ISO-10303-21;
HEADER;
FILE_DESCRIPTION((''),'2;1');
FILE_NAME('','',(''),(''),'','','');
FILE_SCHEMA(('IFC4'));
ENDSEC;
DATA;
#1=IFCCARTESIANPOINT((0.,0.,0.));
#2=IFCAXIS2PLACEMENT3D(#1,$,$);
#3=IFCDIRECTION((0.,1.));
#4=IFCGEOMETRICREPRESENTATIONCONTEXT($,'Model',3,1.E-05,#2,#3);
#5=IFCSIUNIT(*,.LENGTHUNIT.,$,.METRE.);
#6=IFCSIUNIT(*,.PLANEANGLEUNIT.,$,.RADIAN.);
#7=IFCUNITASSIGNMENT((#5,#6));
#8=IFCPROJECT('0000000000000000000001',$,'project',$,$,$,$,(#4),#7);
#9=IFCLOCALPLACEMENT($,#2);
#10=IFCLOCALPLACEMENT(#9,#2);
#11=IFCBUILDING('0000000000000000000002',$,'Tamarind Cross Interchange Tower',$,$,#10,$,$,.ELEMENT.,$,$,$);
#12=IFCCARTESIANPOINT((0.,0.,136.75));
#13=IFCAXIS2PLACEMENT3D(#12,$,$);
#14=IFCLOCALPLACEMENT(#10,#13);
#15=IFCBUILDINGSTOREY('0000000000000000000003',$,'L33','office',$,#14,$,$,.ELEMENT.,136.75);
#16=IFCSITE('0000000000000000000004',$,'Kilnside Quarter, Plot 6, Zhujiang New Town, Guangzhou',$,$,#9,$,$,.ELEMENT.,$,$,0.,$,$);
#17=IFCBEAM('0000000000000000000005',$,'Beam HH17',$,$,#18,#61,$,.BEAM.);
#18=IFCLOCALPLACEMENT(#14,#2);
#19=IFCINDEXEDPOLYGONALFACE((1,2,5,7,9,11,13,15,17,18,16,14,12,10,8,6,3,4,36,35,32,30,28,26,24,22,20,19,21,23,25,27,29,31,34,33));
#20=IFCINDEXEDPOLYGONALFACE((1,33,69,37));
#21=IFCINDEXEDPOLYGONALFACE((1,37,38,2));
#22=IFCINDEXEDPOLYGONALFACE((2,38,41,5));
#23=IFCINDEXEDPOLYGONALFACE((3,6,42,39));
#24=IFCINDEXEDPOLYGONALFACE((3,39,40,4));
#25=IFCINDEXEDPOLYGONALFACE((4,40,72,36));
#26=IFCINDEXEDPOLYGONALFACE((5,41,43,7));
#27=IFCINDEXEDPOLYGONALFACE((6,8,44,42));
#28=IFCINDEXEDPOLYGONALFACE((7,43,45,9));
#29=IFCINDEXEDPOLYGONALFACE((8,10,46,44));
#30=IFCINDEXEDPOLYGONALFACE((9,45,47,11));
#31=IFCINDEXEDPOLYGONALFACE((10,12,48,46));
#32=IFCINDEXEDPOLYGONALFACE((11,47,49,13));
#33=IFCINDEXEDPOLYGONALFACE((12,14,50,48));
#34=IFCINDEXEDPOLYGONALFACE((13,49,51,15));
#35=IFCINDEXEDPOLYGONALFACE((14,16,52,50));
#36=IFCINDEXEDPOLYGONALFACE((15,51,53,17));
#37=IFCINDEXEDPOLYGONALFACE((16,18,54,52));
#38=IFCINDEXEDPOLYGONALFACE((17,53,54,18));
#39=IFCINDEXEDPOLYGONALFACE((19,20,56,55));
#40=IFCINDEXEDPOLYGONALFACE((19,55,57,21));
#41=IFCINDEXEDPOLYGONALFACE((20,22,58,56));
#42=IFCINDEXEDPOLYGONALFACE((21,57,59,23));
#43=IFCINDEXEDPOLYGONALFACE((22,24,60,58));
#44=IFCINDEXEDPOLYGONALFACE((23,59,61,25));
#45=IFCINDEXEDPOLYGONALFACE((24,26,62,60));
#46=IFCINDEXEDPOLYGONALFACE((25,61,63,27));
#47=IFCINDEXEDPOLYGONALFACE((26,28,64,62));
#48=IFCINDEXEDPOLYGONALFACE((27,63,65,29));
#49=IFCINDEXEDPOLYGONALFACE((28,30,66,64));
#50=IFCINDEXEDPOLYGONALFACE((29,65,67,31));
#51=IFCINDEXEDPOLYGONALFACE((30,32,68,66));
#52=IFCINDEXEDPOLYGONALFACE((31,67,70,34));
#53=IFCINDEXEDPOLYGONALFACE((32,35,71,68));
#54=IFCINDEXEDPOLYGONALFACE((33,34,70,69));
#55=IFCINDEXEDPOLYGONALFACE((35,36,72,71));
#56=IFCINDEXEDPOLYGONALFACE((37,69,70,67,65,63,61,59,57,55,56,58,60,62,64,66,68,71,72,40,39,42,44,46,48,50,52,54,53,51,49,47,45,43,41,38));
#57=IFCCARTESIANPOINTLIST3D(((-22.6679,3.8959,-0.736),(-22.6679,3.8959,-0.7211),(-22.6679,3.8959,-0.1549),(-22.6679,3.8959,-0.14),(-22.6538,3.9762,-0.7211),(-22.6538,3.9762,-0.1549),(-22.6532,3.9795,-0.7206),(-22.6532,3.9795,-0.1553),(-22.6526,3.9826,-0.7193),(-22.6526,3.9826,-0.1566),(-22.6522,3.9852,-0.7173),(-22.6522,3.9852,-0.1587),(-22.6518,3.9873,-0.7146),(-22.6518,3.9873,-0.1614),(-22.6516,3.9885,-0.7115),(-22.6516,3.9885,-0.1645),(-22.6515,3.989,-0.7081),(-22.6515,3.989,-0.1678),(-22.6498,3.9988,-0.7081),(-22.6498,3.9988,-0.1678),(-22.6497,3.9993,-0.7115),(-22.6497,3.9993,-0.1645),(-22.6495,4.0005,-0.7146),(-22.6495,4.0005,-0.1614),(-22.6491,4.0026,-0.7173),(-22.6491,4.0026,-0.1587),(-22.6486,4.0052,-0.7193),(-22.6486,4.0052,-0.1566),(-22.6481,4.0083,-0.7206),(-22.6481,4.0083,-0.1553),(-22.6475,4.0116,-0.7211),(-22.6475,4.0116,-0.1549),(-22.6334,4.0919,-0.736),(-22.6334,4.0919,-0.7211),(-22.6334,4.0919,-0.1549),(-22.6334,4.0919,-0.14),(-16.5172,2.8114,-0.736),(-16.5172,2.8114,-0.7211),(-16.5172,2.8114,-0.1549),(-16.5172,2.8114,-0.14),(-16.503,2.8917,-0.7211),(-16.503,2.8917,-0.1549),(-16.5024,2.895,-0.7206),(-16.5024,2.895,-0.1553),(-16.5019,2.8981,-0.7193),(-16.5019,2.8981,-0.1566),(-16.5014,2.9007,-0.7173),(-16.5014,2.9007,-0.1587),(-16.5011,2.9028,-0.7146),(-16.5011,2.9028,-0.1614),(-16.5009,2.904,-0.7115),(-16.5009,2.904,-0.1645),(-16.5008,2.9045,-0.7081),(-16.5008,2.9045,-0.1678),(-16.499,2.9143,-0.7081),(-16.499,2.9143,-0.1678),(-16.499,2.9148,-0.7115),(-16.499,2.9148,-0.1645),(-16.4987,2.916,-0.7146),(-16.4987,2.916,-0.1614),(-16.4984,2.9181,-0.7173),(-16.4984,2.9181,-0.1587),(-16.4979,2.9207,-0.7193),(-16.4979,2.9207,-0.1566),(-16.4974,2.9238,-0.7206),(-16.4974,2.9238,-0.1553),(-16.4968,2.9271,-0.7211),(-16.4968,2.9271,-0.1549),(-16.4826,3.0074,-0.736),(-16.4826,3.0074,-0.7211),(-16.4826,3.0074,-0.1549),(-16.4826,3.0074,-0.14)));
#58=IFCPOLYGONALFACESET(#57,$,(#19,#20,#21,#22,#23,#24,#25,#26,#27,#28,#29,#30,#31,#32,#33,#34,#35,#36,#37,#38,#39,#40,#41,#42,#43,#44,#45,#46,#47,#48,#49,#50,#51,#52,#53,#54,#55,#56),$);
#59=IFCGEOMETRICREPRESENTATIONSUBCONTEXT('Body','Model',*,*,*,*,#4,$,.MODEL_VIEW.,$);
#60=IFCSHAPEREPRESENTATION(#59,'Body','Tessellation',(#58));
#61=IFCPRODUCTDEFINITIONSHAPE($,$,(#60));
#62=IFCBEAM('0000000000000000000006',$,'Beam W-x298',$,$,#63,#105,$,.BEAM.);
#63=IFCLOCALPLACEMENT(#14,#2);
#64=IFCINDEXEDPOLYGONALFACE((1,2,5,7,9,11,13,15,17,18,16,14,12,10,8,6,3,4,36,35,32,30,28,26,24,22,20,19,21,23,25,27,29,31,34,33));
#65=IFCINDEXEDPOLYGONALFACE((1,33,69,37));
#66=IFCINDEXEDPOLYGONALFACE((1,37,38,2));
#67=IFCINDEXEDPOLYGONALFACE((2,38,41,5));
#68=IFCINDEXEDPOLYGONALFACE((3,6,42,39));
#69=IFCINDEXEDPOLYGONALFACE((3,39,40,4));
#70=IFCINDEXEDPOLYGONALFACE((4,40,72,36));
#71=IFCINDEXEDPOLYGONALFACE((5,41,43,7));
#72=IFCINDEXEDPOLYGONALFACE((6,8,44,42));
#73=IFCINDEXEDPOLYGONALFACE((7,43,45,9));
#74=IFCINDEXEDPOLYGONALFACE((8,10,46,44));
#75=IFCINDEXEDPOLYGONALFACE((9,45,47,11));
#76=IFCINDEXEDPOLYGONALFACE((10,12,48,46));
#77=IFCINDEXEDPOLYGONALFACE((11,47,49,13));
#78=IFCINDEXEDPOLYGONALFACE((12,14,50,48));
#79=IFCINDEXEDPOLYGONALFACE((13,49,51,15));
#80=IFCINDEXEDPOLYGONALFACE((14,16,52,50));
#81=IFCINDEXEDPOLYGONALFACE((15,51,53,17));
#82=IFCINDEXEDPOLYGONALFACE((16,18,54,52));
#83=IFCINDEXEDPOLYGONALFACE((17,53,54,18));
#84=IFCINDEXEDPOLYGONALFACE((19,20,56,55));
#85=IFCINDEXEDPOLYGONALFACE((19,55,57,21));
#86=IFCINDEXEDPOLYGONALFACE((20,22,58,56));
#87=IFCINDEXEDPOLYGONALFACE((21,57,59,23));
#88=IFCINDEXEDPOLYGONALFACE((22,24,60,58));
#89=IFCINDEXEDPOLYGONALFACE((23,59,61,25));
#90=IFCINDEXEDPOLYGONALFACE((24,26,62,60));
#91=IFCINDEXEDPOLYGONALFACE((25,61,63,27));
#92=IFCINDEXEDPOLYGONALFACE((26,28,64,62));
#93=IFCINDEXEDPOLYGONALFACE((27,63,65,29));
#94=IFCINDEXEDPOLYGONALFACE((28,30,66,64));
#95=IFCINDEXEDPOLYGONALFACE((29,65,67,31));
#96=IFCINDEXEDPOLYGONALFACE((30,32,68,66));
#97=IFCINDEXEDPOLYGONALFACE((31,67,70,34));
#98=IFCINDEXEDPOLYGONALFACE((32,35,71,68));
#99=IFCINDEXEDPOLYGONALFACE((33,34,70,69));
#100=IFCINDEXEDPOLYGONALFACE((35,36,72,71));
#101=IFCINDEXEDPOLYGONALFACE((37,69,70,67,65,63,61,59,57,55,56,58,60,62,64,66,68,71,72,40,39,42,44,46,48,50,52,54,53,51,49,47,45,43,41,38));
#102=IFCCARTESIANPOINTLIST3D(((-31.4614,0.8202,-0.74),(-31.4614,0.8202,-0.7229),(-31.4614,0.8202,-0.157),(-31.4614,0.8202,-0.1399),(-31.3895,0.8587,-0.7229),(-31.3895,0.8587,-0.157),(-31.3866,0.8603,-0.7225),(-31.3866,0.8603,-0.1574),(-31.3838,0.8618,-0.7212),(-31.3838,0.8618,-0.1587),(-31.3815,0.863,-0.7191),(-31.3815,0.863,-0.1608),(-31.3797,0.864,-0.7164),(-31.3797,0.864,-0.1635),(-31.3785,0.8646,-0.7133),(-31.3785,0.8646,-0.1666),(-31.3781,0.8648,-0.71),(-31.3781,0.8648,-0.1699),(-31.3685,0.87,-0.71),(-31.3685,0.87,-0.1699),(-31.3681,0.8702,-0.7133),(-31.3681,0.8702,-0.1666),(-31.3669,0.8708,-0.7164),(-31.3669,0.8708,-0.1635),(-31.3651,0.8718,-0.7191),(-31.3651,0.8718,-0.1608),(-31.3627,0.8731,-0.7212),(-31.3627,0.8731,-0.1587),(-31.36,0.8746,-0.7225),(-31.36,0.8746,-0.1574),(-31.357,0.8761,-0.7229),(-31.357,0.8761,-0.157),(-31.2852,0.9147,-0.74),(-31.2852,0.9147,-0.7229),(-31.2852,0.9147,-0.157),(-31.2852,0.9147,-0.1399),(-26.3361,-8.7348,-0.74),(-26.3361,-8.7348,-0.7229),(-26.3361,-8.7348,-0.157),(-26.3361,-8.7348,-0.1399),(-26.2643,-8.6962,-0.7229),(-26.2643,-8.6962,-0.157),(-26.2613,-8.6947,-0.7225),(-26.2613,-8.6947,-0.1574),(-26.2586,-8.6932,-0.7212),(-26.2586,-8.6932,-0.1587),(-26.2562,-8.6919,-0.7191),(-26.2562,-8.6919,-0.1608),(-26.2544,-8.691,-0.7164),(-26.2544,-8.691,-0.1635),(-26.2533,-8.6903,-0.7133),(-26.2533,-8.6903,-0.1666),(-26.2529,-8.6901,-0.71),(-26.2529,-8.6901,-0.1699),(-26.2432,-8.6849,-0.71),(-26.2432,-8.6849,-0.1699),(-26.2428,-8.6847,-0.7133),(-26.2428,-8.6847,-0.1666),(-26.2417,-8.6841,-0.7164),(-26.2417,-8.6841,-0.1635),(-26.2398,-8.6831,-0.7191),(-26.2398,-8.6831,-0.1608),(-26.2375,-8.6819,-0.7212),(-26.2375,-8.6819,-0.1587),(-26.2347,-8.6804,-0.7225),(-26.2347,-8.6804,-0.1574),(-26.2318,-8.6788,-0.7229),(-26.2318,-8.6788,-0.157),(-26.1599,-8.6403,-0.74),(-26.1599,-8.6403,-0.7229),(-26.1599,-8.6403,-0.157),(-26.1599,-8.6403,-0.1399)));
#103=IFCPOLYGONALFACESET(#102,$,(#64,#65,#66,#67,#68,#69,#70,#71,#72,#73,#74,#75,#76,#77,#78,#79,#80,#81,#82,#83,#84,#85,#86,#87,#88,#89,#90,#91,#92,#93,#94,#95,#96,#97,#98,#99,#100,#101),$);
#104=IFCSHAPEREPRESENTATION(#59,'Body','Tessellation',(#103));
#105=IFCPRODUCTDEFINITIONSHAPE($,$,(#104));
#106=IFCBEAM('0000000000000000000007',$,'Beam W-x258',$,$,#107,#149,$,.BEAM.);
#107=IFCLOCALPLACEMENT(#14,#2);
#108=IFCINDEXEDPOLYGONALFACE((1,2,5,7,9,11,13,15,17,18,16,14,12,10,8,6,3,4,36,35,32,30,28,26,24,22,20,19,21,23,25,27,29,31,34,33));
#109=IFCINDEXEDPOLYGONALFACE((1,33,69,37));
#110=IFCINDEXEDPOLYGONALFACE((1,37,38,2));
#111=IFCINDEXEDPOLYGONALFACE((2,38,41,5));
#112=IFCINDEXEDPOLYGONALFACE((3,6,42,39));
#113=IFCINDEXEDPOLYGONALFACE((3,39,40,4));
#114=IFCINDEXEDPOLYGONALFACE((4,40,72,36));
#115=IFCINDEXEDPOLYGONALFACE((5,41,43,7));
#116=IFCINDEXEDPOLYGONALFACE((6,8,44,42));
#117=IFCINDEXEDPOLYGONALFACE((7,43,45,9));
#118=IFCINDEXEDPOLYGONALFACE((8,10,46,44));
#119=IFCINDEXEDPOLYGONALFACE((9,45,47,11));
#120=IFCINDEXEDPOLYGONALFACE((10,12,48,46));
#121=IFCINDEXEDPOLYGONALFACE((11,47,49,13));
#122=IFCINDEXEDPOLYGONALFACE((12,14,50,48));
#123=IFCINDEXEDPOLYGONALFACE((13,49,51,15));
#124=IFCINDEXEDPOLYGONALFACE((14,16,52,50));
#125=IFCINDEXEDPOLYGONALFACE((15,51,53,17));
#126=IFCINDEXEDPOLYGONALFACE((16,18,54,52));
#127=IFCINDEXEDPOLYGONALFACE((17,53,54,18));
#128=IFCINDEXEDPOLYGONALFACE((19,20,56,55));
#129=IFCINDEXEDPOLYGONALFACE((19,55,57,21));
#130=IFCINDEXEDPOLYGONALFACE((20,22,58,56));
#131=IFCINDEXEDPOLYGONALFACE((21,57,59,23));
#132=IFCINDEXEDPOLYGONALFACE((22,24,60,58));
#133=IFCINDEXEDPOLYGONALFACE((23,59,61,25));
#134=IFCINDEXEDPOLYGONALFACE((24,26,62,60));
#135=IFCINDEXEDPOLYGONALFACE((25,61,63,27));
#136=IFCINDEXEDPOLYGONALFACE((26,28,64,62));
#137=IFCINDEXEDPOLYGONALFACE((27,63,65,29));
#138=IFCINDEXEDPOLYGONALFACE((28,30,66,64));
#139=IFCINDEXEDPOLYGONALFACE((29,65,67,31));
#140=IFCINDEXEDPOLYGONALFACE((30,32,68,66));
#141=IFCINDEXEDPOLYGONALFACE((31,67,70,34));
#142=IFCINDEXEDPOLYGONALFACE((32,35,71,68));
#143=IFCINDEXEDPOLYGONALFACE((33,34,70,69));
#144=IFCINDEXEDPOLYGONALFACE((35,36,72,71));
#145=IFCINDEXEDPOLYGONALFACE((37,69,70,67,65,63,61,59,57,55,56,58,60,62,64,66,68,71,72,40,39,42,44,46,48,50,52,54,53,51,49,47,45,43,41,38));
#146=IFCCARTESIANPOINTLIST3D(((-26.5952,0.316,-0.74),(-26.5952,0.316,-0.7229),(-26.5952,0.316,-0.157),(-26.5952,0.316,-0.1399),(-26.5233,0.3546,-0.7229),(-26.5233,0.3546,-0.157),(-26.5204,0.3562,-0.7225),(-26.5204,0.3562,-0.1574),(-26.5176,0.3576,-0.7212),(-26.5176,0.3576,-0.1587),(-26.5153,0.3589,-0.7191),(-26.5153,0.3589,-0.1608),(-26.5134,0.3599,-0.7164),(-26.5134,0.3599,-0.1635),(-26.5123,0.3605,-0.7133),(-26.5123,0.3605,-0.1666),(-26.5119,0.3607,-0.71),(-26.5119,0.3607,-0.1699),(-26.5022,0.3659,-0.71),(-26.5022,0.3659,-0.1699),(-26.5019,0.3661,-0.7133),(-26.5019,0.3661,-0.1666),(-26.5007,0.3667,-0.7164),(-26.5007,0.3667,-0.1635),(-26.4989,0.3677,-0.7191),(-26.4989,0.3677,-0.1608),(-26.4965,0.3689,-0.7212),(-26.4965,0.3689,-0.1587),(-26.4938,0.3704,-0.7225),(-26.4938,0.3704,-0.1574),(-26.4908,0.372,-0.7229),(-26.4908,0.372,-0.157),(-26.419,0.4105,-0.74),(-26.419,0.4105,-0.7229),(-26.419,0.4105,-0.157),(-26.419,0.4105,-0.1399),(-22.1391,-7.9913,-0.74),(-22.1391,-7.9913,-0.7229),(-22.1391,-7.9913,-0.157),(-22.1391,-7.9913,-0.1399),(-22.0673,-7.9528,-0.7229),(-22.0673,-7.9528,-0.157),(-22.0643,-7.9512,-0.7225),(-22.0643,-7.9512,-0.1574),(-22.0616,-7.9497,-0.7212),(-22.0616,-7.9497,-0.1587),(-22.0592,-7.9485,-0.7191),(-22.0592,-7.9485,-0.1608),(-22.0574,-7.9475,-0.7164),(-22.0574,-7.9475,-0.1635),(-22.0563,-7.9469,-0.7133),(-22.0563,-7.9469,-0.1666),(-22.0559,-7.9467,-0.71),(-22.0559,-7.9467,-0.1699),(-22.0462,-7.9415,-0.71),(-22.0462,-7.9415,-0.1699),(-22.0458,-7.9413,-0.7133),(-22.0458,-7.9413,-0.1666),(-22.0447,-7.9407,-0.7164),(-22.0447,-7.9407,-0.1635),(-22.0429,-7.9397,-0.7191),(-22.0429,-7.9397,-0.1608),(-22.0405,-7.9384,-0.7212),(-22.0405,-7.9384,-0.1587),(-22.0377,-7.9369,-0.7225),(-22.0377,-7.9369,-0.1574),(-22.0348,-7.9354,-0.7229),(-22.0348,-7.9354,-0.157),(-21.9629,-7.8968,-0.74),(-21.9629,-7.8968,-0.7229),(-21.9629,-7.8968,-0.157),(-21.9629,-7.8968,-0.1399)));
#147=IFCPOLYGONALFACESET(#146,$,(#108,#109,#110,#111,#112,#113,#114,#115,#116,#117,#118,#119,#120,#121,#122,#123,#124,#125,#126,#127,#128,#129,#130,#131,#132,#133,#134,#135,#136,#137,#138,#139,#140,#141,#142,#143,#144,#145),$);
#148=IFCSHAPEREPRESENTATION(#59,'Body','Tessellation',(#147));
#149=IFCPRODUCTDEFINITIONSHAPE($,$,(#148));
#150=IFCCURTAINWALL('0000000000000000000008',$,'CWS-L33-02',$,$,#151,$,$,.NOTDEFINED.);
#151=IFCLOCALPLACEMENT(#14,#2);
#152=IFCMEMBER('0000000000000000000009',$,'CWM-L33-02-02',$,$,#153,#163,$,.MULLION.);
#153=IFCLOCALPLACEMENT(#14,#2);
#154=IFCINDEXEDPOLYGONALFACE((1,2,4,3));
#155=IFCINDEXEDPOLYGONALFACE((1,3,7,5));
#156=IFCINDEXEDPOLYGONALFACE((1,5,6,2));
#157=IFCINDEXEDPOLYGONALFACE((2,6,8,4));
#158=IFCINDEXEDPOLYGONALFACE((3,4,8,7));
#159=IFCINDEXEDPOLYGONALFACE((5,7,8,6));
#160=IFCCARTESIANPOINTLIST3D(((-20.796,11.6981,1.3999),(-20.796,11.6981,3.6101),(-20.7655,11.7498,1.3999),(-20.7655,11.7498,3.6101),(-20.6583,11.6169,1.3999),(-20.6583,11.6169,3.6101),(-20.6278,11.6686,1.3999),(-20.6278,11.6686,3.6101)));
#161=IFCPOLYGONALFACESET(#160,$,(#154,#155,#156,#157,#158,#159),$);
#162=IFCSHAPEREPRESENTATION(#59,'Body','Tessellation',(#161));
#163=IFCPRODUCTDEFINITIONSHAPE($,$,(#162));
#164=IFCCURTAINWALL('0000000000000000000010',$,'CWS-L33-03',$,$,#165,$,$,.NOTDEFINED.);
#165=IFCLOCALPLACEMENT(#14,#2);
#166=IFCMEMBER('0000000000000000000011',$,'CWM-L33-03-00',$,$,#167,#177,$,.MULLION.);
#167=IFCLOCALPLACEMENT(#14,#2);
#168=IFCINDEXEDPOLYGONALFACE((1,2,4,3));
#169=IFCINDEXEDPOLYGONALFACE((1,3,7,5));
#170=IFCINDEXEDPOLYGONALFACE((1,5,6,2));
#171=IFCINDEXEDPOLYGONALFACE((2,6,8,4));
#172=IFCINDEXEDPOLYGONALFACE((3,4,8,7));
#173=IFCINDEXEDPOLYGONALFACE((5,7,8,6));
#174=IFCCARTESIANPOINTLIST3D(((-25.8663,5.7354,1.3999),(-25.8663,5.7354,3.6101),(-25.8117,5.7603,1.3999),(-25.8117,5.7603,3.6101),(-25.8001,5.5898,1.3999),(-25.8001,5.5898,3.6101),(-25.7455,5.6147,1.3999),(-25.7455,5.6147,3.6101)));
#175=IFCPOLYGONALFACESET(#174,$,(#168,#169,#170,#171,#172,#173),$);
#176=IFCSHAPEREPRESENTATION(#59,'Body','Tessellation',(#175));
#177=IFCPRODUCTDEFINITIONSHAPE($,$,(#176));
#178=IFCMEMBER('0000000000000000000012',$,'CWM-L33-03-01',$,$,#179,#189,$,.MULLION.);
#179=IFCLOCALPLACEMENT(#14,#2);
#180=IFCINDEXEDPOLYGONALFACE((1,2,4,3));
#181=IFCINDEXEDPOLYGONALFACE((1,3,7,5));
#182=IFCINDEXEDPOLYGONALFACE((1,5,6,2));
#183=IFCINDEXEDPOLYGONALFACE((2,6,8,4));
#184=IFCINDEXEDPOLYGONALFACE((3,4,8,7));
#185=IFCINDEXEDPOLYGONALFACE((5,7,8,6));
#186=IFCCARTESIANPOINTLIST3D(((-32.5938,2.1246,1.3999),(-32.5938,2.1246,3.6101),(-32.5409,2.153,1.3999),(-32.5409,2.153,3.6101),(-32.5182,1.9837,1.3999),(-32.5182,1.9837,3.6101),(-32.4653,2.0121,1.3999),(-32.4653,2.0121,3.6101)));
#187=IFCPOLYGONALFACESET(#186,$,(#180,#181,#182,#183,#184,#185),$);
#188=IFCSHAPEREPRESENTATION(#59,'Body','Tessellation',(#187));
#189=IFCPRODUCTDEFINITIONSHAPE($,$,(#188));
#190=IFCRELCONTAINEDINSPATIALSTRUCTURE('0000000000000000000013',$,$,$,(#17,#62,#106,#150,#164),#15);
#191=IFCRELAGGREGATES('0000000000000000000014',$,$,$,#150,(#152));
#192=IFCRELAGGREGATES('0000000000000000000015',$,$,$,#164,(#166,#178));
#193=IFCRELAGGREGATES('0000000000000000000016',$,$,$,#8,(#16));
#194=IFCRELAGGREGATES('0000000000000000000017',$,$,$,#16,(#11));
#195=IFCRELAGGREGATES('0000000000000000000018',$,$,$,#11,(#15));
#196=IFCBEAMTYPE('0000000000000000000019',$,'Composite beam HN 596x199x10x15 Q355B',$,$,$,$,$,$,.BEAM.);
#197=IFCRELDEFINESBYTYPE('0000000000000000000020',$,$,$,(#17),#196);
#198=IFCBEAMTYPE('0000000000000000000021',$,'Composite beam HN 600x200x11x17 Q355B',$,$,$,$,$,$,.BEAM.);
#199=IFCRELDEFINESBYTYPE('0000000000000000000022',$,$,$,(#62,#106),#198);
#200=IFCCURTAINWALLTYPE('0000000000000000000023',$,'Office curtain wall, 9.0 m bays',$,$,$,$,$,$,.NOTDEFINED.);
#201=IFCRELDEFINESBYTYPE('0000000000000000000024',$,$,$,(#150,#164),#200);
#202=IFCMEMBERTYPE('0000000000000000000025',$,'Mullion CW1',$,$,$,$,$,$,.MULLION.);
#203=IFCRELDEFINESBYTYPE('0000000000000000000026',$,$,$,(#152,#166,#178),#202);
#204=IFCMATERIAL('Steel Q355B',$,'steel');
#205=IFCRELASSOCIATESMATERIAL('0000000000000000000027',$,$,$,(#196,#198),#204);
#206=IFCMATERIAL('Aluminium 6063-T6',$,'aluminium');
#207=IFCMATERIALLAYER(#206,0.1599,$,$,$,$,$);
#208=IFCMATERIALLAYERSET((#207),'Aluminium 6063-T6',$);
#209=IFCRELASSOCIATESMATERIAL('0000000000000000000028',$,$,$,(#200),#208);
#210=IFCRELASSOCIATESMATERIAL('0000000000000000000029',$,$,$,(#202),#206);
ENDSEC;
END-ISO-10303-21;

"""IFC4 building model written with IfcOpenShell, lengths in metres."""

from ifc_helpers import new_model, si_unit, direction, frame, origin, origin_2d, place, context, subcontext, project, spatial, rectangle, i_section, extrude, material, layer, layer_set, material_profile, profile_set, type_object, element, aggregate, save


model = new_model("IFC4")

# Units and contexts
model_context = context("Model", 3, precision=1e-05, world=origin(), true_north=direction((0.0, 1.0)))
body_context = subcontext(model_context, "Body", "Model", "MODEL_VIEW")
ifc_project = project(units=[si_unit("LENGTHUNIT", "METRE"), si_unit("PLANEANGLEUNIT", "RADIAN")], contexts=[model_context])

# Site, building, storey
site_placement = place(None, origin())
site = spatial("IfcSite", under=ifc_project, at=site_placement, Name="Kilnside Quarter, Plot 6, Zhujiang New Town, Guangzhou", CompositionType="ELEMENT", RefElevation=0.0)
building_placement = place(site_placement, origin())
building = spatial("IfcBuilding", under=site, at=building_placement, Name="Tamarind Cross Interchange Tower", CompositionType="ELEMENT")
storey_placement = place(building_placement, frame((0.0, 0.0, 136.75)))
storey = spatial("IfcBuildingStorey", under=building, at=storey_placement, Name="L33", Description="office", CompositionType="ELEMENT", Elevation=136.75)

# Beams
ifc_material_1 = material(Name="Steel Q355B", Category="steel")
ifc_material_profile_1 = material_profile(ifc_material_1, i_section(OverallWidth=0.199, OverallDepth=0.5959, WebThickness=0.01, FlangeThickness=0.0149, FilletRadius=0.0129, at=origin_2d()), Name="HN 596x199x10x15")
ifc_profile_set_1 = profile_set([ifc_material_profile_1], Name="Steel Q355B")
beam_type_1 = type_object("IfcBeamType", Name="Composite beam HN 596x199x10x15 Q355B", PredefinedType="BEAM", material=ifc_profile_set_1)
beam_1_placement = place(storey_placement, frame((-22.6506, 3.9939, -0.438), z_axis=(0.984809, -0.17364, 0.0), x_axis=(0.17364, 0.984809, 0.0)))
element("IfcBeam", 1, at=beam_1_placement, inside=storey, type_object=beam_type_1, Name="Beam HH17", PredefinedType="BEAM", context=body_context, shape_type="SweptSolid", body=[
    extrude(i_section(OverallWidth=0.199, OverallDepth=0.5959, WebThickness=0.01, FlangeThickness=0.0149, FilletRadius=0.0129, at=origin_2d()), origin(), (0.0, 0.0, 1.0), 6.2456),
])
ifc_material_profile_2 = material_profile(ifc_material_1, i_section(OverallWidth=0.2, OverallDepth=0.6001, WebThickness=0.011, FlangeThickness=0.0171, FilletRadius=0.0129, at=origin_2d()), Name="HN 600x200x11x17")
ifc_profile_set_2 = profile_set([ifc_material_profile_2], Name="Steel Q355B")
beam_type_2 = type_object("IfcBeamType", Name="Composite beam HN 600x200x11x17 Q355B", PredefinedType="BEAM", material=ifc_profile_set_2)
beam_2_placement = place(storey_placement, frame((-31.3733, 0.8674, -0.4399), z_axis=(0.472689, -0.881229, 0.0), x_axis=(0.881229, 0.472689, 0.0)))
element("IfcBeam", 2, at=beam_2_placement, inside=storey, type_object=beam_type_2, Name="Beam W-x298", PredefinedType="BEAM", context=body_context, shape_type="SweptSolid", body=[
    extrude(i_section(OverallWidth=0.2, OverallDepth=0.6001, WebThickness=0.011, FlangeThickness=0.0171, FilletRadius=0.0129, at=origin_2d()), origin(), (0.0, 0.0, 1.0), 10.8428),
])
beam_3_placement = place(storey_placement, frame((-26.5071, 0.3633, -0.4399), z_axis=(0.472689, -0.881229, 0.0), x_axis=(0.881229, 0.472689, 0.0)))
element("IfcBeam", 3, at=beam_3_placement, inside=storey, type_object=beam_type_2, Name="Beam W-x258", PredefinedType="BEAM", context=body_context, shape_type="SweptSolid", body=[
    extrude(i_section(OverallWidth=0.2, OverallDepth=0.6001, WebThickness=0.011, FlangeThickness=0.0171, FilletRadius=0.0129, at=origin_2d()), origin(), (0.0, 0.0, 1.0), 9.427),
])

# Curtain wall, member
ifc_material_2 = material(Name="Aluminium 6063-T6", Category="aluminium")
ifc_layer_1 = layer(ifc_material_2, 0.1599)
ifc_layer_set_1 = layer_set([ifc_layer_1], Name="Aluminium 6063-T6")
curtain_wall_type = type_object("IfcCurtainWallType", Name="Office curtain wall, 9.0 m bays", PredefinedType="NOTDEFINED", material=ifc_layer_set_1)
curtain_wall_1_placement = place(storey_placement, origin())
curtain_wall_1 = element("IfcCurtainWall", 4, at=curtain_wall_1_placement, inside=storey, type_object=curtain_wall_type, Name="CWS-L33-02", PredefinedType="NOTDEFINED")
ifc_material_profile_3 = material_profile(ifc_material_2, rectangle(XDim=0.0601, YDim=0.1599, at=origin_2d()), Name="Mullion CW1")
ifc_profile_set_3 = profile_set([ifc_material_profile_3], Name="Aluminium 6063-T6")
member_type = type_object("IfcMemberType", Name="Mullion CW1", PredefinedType="MULLION", material=ifc_profile_set_3)
member_1_placement = place(storey_placement, frame((-20.7119, 11.6833, 1.3999), z_axis=(0.0, 0.0, 1.0), x_axis=(-0.508183, -0.861249, 0.0)))
member_1 = element("IfcMember", 5, at=member_1_placement, type_object=member_type, Name="CWM-L33-02-02", PredefinedType="MULLION", context=body_context, shape_type="SweptSolid", body=[
    extrude(rectangle(XDim=0.0601, YDim=0.1599, at=origin_2d()), origin(), (0.0, 0.0, 1.0), 2.2102),
])
aggregate(curtain_wall_1, [member_1])

# Curtain wall, members
curtain_wall_2_placement = place(storey_placement, origin())
curtain_wall_2 = element("IfcCurtainWall", 6, at=curtain_wall_2_placement, inside=storey, type_object=curtain_wall_type, Name="CWS-L33-03", PredefinedType="NOTDEFINED")
member_2_placement = place(storey_placement, frame((-25.8059, 5.675, 1.3999), z_axis=(0.0, 0.0, 1.0), x_axis=(-0.910253, -0.414052, 0.0)))
member_2 = element("IfcMember", 7, at=member_2_placement, type_object=member_type, Name="CWM-L33-03-00", PredefinedType="MULLION", context=body_context, shape_type="SweptSolid", body=[
    extrude(rectangle(XDim=0.0601, YDim=0.1599, at=origin_2d()), origin(), (0.0, 0.0, 1.0), 2.2102),
])
member_3_placement = place(storey_placement, frame((-32.5295, 2.0684, 1.3999), z_axis=(0.0, 0.0, 1.0), x_axis=(-0.881224, -0.472698, 0.0)))
member_3 = element("IfcMember", 8, at=member_3_placement, type_object=member_type, Name="CWM-L33-03-01", PredefinedType="MULLION", context=body_context, shape_type="SweptSolid", body=[
    extrude(rectangle(XDim=0.0601, YDim=0.1599, at=origin_2d()), origin(), (0.0, 0.0, 1.0), 2.2102),
])
aggregate(curtain_wall_2, [member_2, member_3])

save(model, "model.ifc")
